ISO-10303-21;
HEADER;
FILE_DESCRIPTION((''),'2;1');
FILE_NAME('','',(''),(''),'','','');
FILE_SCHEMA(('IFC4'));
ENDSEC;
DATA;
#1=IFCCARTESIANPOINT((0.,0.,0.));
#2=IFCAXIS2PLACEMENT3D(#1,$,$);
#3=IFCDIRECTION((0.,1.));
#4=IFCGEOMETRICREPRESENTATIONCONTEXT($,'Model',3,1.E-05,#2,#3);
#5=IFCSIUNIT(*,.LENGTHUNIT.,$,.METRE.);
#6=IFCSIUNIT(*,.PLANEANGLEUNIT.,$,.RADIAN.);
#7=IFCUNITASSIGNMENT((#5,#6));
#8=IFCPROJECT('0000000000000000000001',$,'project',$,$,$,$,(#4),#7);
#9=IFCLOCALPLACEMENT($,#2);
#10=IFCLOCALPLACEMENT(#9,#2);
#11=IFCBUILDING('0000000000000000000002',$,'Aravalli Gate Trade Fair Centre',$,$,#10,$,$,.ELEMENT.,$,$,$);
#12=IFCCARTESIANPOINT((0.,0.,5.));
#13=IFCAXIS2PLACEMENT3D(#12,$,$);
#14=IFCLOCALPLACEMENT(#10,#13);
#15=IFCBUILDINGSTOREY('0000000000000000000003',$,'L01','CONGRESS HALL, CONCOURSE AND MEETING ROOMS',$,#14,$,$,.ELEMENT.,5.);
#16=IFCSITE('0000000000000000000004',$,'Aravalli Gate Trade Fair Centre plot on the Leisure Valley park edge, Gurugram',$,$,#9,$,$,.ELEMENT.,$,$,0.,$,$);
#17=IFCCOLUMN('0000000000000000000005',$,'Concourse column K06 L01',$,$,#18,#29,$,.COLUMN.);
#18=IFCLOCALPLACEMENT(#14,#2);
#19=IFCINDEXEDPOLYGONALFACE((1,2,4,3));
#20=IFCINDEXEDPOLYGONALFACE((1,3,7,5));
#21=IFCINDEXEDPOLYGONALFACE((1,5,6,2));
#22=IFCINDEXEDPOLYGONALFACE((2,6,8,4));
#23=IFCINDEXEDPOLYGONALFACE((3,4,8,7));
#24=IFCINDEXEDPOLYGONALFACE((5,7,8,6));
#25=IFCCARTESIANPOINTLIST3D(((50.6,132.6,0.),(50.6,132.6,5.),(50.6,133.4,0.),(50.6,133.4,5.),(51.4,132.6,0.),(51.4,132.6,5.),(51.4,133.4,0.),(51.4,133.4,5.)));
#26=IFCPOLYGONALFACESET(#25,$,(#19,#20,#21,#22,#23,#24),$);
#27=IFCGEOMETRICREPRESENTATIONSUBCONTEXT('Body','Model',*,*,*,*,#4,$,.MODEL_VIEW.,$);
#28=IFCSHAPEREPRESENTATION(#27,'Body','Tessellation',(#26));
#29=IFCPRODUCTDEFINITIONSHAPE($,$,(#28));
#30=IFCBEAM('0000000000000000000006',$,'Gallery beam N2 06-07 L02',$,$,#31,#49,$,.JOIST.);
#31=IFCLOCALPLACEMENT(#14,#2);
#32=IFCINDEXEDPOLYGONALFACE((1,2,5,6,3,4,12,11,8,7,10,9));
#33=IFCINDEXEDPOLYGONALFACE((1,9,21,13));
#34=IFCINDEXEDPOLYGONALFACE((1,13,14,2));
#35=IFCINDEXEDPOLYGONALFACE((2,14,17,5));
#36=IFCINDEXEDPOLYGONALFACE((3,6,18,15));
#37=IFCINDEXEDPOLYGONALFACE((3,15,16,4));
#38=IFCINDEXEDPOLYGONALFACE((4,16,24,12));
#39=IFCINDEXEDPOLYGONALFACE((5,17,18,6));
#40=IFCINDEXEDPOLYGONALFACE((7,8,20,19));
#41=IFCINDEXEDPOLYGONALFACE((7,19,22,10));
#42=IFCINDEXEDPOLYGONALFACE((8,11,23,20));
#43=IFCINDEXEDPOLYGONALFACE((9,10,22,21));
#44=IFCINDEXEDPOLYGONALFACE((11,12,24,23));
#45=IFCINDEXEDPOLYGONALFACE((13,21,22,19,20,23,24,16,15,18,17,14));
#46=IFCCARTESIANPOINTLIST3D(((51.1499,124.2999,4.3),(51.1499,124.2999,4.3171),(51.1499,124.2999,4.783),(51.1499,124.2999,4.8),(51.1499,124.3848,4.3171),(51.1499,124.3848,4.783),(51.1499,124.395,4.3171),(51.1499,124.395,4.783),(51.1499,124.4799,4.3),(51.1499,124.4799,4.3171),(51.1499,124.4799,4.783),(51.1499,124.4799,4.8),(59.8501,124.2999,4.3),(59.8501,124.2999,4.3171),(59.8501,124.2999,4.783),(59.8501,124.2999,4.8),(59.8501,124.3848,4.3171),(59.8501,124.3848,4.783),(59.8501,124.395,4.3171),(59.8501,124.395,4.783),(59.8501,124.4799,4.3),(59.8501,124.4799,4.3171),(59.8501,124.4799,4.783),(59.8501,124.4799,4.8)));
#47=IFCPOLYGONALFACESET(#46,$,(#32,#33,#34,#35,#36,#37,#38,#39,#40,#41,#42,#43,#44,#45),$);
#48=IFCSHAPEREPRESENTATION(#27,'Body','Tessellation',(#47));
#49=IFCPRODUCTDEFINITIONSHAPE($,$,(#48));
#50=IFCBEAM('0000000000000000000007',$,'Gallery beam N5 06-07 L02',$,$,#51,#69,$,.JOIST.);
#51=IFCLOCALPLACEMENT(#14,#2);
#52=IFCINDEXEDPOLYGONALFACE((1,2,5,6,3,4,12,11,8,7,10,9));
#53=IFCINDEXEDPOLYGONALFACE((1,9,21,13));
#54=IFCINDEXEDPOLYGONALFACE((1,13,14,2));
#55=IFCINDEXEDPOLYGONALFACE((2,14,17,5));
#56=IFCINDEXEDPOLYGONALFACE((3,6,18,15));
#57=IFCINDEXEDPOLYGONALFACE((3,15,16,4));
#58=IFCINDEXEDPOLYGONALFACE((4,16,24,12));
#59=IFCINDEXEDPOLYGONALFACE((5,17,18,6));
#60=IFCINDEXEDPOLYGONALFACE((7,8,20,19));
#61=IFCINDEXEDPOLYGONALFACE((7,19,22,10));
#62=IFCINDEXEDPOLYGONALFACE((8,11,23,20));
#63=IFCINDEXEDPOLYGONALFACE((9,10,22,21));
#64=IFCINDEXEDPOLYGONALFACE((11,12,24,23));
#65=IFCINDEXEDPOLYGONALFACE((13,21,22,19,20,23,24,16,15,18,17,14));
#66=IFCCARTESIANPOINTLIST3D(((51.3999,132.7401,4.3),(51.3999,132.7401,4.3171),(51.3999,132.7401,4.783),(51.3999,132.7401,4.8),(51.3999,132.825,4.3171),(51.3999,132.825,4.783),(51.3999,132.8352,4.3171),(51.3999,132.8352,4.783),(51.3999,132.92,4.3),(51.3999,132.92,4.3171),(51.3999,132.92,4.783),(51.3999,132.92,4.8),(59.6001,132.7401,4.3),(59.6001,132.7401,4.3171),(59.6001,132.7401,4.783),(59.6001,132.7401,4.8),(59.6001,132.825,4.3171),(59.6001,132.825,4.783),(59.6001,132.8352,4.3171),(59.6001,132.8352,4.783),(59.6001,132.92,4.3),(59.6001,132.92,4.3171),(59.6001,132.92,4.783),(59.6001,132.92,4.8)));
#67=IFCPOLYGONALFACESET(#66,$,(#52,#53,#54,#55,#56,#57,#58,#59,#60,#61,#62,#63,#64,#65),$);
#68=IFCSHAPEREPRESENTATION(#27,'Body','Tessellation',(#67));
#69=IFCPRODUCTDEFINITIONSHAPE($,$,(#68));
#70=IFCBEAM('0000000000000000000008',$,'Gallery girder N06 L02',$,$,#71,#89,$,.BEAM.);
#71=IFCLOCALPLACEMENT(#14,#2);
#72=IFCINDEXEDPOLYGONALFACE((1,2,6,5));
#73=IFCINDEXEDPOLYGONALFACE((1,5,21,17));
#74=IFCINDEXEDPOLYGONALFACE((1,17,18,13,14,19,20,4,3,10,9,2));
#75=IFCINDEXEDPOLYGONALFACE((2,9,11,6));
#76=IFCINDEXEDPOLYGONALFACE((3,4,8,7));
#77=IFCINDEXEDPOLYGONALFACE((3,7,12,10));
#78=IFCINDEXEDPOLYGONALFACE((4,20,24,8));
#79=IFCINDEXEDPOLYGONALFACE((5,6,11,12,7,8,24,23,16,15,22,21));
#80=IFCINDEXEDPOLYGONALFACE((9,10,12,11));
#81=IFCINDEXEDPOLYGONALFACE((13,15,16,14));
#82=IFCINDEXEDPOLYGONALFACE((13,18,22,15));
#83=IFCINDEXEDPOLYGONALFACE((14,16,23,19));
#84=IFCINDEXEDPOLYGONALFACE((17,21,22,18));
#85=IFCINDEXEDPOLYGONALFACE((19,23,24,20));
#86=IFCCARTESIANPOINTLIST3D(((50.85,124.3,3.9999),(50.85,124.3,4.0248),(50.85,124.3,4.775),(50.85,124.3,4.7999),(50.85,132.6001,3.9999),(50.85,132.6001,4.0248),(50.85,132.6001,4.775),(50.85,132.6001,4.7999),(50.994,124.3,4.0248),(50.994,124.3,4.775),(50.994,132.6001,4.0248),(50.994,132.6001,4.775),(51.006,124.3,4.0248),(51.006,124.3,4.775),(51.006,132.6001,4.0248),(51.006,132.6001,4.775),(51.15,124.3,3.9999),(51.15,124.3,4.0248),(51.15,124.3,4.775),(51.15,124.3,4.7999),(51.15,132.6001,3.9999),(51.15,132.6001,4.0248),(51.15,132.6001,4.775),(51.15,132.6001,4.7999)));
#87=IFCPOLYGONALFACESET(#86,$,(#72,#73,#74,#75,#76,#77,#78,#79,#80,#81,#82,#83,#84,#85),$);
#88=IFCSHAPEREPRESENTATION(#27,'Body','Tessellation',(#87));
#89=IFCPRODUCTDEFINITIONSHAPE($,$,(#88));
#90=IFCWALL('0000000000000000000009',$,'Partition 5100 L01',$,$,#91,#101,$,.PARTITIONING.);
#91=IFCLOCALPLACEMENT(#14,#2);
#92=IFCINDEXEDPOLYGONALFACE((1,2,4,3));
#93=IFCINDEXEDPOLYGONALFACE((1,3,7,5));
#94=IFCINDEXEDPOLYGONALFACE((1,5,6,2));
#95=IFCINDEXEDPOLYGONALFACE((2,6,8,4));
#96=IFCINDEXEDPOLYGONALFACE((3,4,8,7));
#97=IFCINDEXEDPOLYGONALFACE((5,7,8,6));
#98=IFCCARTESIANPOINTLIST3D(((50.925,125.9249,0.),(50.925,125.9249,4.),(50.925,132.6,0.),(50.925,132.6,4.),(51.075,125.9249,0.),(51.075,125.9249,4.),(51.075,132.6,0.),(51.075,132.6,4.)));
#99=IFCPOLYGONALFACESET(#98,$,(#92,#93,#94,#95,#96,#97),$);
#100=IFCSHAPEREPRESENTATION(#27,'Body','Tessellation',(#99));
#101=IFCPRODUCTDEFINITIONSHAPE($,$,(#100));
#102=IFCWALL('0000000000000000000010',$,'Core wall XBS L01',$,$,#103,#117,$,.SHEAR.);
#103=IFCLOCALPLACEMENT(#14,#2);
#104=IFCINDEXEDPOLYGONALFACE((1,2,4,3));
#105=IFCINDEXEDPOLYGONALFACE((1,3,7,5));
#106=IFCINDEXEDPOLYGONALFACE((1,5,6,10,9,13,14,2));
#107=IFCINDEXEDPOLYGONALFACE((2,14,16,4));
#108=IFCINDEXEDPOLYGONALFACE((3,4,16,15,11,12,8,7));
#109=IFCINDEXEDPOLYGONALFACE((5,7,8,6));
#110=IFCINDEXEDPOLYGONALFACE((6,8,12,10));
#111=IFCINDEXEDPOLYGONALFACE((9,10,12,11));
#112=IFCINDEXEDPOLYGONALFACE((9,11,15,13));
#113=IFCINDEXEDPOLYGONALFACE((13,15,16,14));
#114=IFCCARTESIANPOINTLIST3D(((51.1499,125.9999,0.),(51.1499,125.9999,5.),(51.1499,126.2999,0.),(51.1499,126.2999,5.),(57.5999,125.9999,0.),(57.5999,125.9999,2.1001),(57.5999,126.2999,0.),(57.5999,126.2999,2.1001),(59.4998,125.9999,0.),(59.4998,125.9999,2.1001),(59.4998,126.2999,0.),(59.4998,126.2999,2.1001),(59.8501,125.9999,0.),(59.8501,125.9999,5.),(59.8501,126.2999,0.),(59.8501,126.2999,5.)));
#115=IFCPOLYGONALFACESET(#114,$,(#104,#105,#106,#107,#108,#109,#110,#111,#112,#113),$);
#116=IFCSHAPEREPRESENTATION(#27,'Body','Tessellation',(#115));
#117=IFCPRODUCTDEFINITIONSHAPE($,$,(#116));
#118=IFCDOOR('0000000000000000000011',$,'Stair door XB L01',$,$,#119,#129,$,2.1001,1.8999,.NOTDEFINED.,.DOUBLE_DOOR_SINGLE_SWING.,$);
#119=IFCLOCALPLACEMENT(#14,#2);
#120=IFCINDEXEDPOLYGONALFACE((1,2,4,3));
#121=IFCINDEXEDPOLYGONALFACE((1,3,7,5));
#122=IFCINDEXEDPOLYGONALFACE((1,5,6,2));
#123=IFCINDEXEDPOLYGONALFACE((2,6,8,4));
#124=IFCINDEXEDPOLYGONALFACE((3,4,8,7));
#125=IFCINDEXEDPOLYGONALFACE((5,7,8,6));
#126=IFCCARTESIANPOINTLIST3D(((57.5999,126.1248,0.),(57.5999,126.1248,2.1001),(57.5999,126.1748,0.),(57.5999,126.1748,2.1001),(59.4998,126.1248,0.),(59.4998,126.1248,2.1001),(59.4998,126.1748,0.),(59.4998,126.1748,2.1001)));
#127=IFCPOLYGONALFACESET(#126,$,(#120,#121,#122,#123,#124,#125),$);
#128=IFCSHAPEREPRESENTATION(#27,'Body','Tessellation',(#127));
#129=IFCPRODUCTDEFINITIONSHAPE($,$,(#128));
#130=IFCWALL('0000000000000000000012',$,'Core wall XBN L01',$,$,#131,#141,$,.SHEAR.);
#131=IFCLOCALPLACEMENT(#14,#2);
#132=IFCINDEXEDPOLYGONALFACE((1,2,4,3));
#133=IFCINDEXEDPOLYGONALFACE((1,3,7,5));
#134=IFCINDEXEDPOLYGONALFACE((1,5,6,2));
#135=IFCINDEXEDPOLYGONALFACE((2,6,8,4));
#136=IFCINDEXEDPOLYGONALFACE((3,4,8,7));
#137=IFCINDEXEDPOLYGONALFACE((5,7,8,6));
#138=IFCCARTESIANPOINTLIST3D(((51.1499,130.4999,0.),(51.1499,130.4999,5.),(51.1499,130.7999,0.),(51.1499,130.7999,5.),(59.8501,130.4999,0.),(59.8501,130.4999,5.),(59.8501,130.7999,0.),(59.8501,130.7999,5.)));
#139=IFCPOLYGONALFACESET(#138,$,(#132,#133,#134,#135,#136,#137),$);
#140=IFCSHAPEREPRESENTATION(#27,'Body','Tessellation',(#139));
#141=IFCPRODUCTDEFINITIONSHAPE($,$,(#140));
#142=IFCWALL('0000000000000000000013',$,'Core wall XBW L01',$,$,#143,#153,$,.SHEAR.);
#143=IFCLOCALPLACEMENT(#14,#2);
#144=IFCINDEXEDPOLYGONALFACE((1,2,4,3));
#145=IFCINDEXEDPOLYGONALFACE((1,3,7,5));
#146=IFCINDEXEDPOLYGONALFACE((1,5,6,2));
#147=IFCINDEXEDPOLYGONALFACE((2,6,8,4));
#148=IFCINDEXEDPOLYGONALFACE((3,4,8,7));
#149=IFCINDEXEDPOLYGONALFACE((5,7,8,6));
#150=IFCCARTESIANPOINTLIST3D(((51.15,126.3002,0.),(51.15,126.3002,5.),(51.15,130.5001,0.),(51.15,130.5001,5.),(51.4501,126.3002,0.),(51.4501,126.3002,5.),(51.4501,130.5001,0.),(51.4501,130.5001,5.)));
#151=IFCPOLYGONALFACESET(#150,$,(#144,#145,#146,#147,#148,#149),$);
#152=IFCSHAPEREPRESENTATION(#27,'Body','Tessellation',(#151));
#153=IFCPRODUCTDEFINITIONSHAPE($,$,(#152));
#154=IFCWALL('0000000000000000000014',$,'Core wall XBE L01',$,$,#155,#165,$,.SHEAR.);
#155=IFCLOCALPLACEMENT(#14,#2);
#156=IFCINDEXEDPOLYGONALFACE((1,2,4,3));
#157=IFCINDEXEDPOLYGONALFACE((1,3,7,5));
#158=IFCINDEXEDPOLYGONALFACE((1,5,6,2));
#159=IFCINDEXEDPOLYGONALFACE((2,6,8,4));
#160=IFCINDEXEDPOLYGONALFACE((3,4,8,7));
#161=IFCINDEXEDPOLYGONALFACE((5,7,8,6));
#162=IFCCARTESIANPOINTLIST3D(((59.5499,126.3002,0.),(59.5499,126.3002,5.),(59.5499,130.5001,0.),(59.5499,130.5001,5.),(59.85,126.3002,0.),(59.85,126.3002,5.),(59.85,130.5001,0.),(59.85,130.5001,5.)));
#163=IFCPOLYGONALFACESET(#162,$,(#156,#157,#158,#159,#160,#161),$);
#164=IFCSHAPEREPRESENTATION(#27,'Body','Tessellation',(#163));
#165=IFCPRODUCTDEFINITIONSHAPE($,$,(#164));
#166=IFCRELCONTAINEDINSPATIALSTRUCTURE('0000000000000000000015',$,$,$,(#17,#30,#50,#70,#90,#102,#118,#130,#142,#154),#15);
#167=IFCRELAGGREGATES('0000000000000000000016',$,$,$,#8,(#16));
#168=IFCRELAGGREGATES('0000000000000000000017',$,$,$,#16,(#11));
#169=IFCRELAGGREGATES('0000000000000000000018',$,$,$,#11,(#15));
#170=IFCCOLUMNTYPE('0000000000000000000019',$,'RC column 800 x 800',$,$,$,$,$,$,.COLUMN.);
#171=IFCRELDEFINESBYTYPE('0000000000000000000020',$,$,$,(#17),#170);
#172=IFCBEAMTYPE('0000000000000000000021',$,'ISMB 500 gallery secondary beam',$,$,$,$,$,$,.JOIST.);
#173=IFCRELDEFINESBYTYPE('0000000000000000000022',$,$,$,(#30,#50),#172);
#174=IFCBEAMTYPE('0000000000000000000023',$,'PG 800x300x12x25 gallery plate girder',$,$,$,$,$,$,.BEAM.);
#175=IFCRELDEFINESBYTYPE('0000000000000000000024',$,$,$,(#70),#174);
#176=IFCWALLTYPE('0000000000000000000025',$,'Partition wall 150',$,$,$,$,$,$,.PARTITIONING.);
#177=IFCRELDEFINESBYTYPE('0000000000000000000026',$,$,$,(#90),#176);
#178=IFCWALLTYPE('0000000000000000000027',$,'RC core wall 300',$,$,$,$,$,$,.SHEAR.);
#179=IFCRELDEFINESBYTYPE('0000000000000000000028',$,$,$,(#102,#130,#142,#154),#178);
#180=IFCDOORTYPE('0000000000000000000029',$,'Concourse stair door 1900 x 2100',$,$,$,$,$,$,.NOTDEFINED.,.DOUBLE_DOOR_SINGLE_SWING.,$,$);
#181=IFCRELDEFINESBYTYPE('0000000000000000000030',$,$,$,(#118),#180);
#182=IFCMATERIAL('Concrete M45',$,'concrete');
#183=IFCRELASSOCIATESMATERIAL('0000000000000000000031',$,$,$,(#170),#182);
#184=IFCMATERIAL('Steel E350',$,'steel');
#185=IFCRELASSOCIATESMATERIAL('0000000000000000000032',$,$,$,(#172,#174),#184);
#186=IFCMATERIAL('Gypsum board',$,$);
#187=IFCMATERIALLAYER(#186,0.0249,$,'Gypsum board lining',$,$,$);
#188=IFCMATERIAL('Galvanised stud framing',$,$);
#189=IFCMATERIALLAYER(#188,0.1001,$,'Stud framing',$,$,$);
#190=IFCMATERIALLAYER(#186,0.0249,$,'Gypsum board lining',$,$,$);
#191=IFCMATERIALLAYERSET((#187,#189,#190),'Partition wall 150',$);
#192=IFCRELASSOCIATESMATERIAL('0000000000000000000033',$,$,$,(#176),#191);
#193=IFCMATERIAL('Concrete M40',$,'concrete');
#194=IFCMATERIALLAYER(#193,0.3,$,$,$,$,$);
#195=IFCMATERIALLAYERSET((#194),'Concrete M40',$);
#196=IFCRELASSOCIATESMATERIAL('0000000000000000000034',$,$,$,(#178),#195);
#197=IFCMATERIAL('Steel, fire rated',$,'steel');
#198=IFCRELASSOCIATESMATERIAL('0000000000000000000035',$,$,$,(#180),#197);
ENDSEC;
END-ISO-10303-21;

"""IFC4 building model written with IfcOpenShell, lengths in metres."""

from ifc_helpers import new_model, si_unit, direction, frame, frame_2d, origin, origin_2d, place, context, subcontext, project, spatial, rectangle, i_section, extrude, material, layer, layer_set, material_profile, profile_set, type_object, element, fill, save


model = new_model("IFC4")

# Units and contexts
model_context = context("Model", 3, precision=1e-05, world=origin(), true_north=direction((0.0, 1.0)))
body_context = subcontext(model_context, "Body", "Model", "MODEL_VIEW")
ifc_project = project(units=[si_unit("LENGTHUNIT", "METRE"), si_unit("PLANEANGLEUNIT", "RADIAN")], contexts=[model_context])

# Site, building, storey
site_placement = place(None, origin())
site = spatial("IfcSite", under=ifc_project, at=site_placement, Name="Aravalli Gate Trade Fair Centre plot on the Leisure Valley park edge, Gurugram", CompositionType="ELEMENT", RefElevation=0.0)
building_placement = place(site_placement, origin())
building = spatial("IfcBuilding", under=site, at=building_placement, Name="Aravalli Gate Trade Fair Centre", CompositionType="ELEMENT")
storey_placement = place(building_placement, frame((0.0, 0.0, 5.0)))
storey = spatial("IfcBuildingStorey", under=building, at=storey_placement, Name="L01", Description="CONGRESS HALL, CONCOURSE AND MEETING ROOMS", CompositionType="ELEMENT", Elevation=5.0)

# Column
ifc_material_1 = material(Name="Concrete M45", Category="concrete")
ifc_material_profile_1 = material_profile(ifc_material_1, rectangle(XDim=0.8, YDim=0.8, at=origin_2d()), Name="RC column 800 x 800")
ifc_profile_set_1 = profile_set([ifc_material_profile_1], Name="Concrete M45")
column_type = type_object("IfcColumnType", Name="RC column 800 x 800", PredefinedType="COLUMN", material=ifc_profile_set_1)
column_placement = place(storey_placement, frame((51.0, 133.0, 0.0), z_axis=(0.0, 0.0, 1.0), x_axis=(1.0, 0.0, 0.0)))
element("IfcColumn", 1, at=column_placement, inside=storey, type_object=column_type, Name="Concourse column K06 L01", PredefinedType="COLUMN", context=body_context, shape_type="SweptSolid", body=[
    extrude(rectangle(XDim=0.8, YDim=0.8, at=origin_2d()), origin(), (0.0, 0.0, 1.0), 5.0),
])

# Beams
ifc_material_2 = material(Name="Steel E350", Category="steel")
ifc_material_profile_2 = material_profile(ifc_material_2, i_section(OverallWidth=0.1799, OverallDepth=0.5, WebThickness=0.0103, FlangeThickness=0.0171, at=origin_2d()), Name="ISMB 500")
ifc_profile_set_2 = profile_set([ifc_material_profile_2], Name="Steel E350")
beam_type_1 = type_object("IfcBeamType", Name="ISMB 500 gallery secondary beam", PredefinedType="JOIST", material=ifc_profile_set_2)
beam_1_placement = place(storey_placement, frame((51.1499, 124.3899, 4.55), z_axis=(1.0, 0.0, 0.0), x_axis=(0.0, 1.0, 0.0)))
element("IfcBeam", 2, at=beam_1_placement, inside=storey, type_object=beam_type_1, Name="Gallery beam N2 06-07 L02", PredefinedType="JOIST", context=body_context, shape_type="SweptSolid", body=[
    extrude(i_section(OverallWidth=0.1799, OverallDepth=0.5, WebThickness=0.0103, FlangeThickness=0.0171, at=origin_2d()), origin(), (0.0, 0.0, 1.0), 8.7002),
])
beam_2_placement = place(storey_placement, frame((51.3999, 132.8301, 4.55), z_axis=(1.0, 0.0, 0.0), x_axis=(0.0, 1.0, 0.0)))
element("IfcBeam", 3, at=beam_2_placement, inside=storey, type_object=beam_type_1, Name="Gallery beam N5 06-07 L02", PredefinedType="JOIST", context=body_context, shape_type="SweptSolid", body=[
    extrude(i_section(OverallWidth=0.1799, OverallDepth=0.5, WebThickness=0.0103, FlangeThickness=0.0171, at=origin_2d()), origin(), (0.0, 0.0, 1.0), 8.2002),
])
ifc_material_profile_3 = material_profile(ifc_material_2, i_section(OverallWidth=0.3, OverallDepth=0.8, WebThickness=0.012, FlangeThickness=0.0249, at=origin_2d()), Name="PG 800x300x12x25")
ifc_profile_set_3 = profile_set([ifc_material_profile_3], Name="Steel E350")
beam_type_2 = type_object("IfcBeamType", Name="PG 800x300x12x25 gallery plate girder", PredefinedType="BEAM", material=ifc_profile_set_3)
beam_3_placement = place(storey_placement, frame((51.0, 124.3, 4.3999), z_axis=(0.0, 1.0, 0.0), x_axis=(-1.0, 0.0, 0.0)))
element("IfcBeam", 4, at=beam_3_placement, inside=storey, type_object=beam_type_2, Name="Gallery girder N06 L02", PredefinedType="BEAM", context=body_context, shape_type="SweptSolid", body=[
    extrude(i_section(OverallWidth=0.3, OverallDepth=0.8, WebThickness=0.012, FlangeThickness=0.0249, at=origin_2d()), origin(), (0.0, 0.0, 1.0), 8.3),
])

# Wall
ifc_material_3 = material(Name="Gypsum board")
ifc_layer_1 = layer(ifc_material_3, 0.0249, Name="Gypsum board lining")
ifc_material_4 = material(Name="Galvanised stud framing")
ifc_layer_2 = layer(ifc_material_4, 0.1001, Name="Stud framing")
ifc_layer_3 = layer(ifc_material_3, 0.0249, Name="Gypsum board lining")
ifc_layer_set_1 = layer_set([ifc_layer_1, ifc_layer_2, ifc_layer_3], Name="Partition wall 150")
wall_type_1 = type_object("IfcWallType", Name="Partition wall 150", PredefinedType="PARTITIONING", material=ifc_layer_set_1)
wall_1_placement = place(storey_placement, frame((51.0, 125.925, 0.0), z_axis=(0.0, 0.0, 1.0), x_axis=(0.0, 1.0, 0.0)))
element("IfcWall", 5, at=wall_1_placement, inside=storey, type_object=wall_type_1, Name="Partition 5100 L01", PredefinedType="PARTITIONING", context=body_context, shape_type="SweptSolid", body=[
    extrude(rectangle(XDim=6.675, YDim=0.1499, at=frame_2d((3.3374, 0.0))), origin(), (0.0, 0.0, 1.0), 4.0),
])

# Wall, opening, door
ifc_material_5 = material(Name="Concrete M40", Category="concrete")
ifc_layer_4 = layer(ifc_material_5, 0.3)
ifc_layer_set_2 = layer_set([ifc_layer_4], Name="Concrete M40")
wall_type_2 = type_object("IfcWallType", Name="RC core wall 300", PredefinedType="SHEAR", material=ifc_layer_set_2)
wall_2_placement = place(storey_placement, frame((51.1499, 126.1499, 0.0), z_axis=(0.0, 0.0, 1.0), x_axis=(1.0, 0.0, 0.0)))
wall_2 = element("IfcWall", 6, at=wall_2_placement, inside=storey, type_object=wall_type_2, Name="Core wall XBS L01", PredefinedType="SHEAR", context=body_context, shape_type="SweptSolid", body=[
    extrude(rectangle(XDim=8.7002, YDim=0.3, at=frame_2d((4.3501, 0.0))), origin(), (0.0, 0.0, 1.0), 5.0),
])
opening_placement = place(wall_2_placement, frame((6.45, 0.0, 0.0)))
opening = element("IfcOpeningElement", 7, at=opening_placement, cuts=wall_2, PredefinedType="OPENING", context=body_context, shape_type="SweptSolid", body=[
    extrude(rectangle(XDim=1.8999, YDim=2.1001, at=frame_2d((0.95, 1.05))), frame((0.0, 0.1599, 0.0), z_axis=(0.0, -1.0, 0.0), x_axis=(1.0, 0.0, 0.0)), (0.0, 0.0, 1.0), 0.3201),
])
ifc_material_6 = material(Name="Steel, fire rated", Category="steel")
door_type = type_object("IfcDoorType", Name="Concourse stair door 1900 x 2100", OperationType="DOUBLE_DOOR_SINGLE_SWING", PredefinedType="NOTDEFINED", material=ifc_material_6)
door_placement = place(opening_placement, origin())
door = element("IfcDoor", 8, at=door_placement, inside=storey, type_object=door_type, Name="Stair door XB L01", OperationType="DOUBLE_DOOR_SINGLE_SWING", OverallHeight=2.1001, OverallWidth=1.8999, PredefinedType="NOTDEFINED", context=body_context, shape_type="SweptSolid", body=[
    extrude(rectangle(XDim=1.8999, YDim=2.1001, at=frame_2d((0.95, 1.05))), frame((0.0, 0.0249, 0.0), z_axis=(0.0, -1.0, 0.0), x_axis=(1.0, 0.0, 0.0)), (0.0, 0.0, 1.0), 0.05),
])
fill(opening, door)

# Walls
wall_3_placement = place(storey_placement, frame((51.1499, 130.6499, 0.0), z_axis=(0.0, 0.0, 1.0), x_axis=(1.0, 0.0, 0.0)))
element("IfcWall", 9, at=wall_3_placement, inside=storey, type_object=wall_type_2, Name="Core wall XBN L01", PredefinedType="SHEAR", context=body_context, shape_type="SweptSolid", body=[
    extrude(rectangle(XDim=8.7002, YDim=0.3, at=frame_2d((4.3501, 0.0))), origin(), (0.0, 0.0, 1.0), 5.0),
])
for number, where, z_axis, x_axis, name in (
    (10, (51.3, 126.3, 0.0), (0.0, 0.0, 1.0), (0.0, 1.0, 0.0), "Core wall XBW L01"),
    (11, (59.7, 126.3, 0.0), (0.0, 0.0, 1.0), (0.0, 1.0, 0.0), "Core wall XBE L01"),
):
    element("IfcWall", number, at=place(storey_placement, frame(where, z_axis=z_axis, x_axis=x_axis)), inside=storey, type_object=wall_type_2, Name=name, PredefinedType="SHEAR", context=body_context, shape_type="SweptSolid", body=[
        extrude(rectangle(XDim=4.2, YDim=0.3, at=frame_2d((2.1001, 0.0))), origin(), (0.0, 0.0, 1.0), 5.0),
    ])

save(model, "model.ifc")
